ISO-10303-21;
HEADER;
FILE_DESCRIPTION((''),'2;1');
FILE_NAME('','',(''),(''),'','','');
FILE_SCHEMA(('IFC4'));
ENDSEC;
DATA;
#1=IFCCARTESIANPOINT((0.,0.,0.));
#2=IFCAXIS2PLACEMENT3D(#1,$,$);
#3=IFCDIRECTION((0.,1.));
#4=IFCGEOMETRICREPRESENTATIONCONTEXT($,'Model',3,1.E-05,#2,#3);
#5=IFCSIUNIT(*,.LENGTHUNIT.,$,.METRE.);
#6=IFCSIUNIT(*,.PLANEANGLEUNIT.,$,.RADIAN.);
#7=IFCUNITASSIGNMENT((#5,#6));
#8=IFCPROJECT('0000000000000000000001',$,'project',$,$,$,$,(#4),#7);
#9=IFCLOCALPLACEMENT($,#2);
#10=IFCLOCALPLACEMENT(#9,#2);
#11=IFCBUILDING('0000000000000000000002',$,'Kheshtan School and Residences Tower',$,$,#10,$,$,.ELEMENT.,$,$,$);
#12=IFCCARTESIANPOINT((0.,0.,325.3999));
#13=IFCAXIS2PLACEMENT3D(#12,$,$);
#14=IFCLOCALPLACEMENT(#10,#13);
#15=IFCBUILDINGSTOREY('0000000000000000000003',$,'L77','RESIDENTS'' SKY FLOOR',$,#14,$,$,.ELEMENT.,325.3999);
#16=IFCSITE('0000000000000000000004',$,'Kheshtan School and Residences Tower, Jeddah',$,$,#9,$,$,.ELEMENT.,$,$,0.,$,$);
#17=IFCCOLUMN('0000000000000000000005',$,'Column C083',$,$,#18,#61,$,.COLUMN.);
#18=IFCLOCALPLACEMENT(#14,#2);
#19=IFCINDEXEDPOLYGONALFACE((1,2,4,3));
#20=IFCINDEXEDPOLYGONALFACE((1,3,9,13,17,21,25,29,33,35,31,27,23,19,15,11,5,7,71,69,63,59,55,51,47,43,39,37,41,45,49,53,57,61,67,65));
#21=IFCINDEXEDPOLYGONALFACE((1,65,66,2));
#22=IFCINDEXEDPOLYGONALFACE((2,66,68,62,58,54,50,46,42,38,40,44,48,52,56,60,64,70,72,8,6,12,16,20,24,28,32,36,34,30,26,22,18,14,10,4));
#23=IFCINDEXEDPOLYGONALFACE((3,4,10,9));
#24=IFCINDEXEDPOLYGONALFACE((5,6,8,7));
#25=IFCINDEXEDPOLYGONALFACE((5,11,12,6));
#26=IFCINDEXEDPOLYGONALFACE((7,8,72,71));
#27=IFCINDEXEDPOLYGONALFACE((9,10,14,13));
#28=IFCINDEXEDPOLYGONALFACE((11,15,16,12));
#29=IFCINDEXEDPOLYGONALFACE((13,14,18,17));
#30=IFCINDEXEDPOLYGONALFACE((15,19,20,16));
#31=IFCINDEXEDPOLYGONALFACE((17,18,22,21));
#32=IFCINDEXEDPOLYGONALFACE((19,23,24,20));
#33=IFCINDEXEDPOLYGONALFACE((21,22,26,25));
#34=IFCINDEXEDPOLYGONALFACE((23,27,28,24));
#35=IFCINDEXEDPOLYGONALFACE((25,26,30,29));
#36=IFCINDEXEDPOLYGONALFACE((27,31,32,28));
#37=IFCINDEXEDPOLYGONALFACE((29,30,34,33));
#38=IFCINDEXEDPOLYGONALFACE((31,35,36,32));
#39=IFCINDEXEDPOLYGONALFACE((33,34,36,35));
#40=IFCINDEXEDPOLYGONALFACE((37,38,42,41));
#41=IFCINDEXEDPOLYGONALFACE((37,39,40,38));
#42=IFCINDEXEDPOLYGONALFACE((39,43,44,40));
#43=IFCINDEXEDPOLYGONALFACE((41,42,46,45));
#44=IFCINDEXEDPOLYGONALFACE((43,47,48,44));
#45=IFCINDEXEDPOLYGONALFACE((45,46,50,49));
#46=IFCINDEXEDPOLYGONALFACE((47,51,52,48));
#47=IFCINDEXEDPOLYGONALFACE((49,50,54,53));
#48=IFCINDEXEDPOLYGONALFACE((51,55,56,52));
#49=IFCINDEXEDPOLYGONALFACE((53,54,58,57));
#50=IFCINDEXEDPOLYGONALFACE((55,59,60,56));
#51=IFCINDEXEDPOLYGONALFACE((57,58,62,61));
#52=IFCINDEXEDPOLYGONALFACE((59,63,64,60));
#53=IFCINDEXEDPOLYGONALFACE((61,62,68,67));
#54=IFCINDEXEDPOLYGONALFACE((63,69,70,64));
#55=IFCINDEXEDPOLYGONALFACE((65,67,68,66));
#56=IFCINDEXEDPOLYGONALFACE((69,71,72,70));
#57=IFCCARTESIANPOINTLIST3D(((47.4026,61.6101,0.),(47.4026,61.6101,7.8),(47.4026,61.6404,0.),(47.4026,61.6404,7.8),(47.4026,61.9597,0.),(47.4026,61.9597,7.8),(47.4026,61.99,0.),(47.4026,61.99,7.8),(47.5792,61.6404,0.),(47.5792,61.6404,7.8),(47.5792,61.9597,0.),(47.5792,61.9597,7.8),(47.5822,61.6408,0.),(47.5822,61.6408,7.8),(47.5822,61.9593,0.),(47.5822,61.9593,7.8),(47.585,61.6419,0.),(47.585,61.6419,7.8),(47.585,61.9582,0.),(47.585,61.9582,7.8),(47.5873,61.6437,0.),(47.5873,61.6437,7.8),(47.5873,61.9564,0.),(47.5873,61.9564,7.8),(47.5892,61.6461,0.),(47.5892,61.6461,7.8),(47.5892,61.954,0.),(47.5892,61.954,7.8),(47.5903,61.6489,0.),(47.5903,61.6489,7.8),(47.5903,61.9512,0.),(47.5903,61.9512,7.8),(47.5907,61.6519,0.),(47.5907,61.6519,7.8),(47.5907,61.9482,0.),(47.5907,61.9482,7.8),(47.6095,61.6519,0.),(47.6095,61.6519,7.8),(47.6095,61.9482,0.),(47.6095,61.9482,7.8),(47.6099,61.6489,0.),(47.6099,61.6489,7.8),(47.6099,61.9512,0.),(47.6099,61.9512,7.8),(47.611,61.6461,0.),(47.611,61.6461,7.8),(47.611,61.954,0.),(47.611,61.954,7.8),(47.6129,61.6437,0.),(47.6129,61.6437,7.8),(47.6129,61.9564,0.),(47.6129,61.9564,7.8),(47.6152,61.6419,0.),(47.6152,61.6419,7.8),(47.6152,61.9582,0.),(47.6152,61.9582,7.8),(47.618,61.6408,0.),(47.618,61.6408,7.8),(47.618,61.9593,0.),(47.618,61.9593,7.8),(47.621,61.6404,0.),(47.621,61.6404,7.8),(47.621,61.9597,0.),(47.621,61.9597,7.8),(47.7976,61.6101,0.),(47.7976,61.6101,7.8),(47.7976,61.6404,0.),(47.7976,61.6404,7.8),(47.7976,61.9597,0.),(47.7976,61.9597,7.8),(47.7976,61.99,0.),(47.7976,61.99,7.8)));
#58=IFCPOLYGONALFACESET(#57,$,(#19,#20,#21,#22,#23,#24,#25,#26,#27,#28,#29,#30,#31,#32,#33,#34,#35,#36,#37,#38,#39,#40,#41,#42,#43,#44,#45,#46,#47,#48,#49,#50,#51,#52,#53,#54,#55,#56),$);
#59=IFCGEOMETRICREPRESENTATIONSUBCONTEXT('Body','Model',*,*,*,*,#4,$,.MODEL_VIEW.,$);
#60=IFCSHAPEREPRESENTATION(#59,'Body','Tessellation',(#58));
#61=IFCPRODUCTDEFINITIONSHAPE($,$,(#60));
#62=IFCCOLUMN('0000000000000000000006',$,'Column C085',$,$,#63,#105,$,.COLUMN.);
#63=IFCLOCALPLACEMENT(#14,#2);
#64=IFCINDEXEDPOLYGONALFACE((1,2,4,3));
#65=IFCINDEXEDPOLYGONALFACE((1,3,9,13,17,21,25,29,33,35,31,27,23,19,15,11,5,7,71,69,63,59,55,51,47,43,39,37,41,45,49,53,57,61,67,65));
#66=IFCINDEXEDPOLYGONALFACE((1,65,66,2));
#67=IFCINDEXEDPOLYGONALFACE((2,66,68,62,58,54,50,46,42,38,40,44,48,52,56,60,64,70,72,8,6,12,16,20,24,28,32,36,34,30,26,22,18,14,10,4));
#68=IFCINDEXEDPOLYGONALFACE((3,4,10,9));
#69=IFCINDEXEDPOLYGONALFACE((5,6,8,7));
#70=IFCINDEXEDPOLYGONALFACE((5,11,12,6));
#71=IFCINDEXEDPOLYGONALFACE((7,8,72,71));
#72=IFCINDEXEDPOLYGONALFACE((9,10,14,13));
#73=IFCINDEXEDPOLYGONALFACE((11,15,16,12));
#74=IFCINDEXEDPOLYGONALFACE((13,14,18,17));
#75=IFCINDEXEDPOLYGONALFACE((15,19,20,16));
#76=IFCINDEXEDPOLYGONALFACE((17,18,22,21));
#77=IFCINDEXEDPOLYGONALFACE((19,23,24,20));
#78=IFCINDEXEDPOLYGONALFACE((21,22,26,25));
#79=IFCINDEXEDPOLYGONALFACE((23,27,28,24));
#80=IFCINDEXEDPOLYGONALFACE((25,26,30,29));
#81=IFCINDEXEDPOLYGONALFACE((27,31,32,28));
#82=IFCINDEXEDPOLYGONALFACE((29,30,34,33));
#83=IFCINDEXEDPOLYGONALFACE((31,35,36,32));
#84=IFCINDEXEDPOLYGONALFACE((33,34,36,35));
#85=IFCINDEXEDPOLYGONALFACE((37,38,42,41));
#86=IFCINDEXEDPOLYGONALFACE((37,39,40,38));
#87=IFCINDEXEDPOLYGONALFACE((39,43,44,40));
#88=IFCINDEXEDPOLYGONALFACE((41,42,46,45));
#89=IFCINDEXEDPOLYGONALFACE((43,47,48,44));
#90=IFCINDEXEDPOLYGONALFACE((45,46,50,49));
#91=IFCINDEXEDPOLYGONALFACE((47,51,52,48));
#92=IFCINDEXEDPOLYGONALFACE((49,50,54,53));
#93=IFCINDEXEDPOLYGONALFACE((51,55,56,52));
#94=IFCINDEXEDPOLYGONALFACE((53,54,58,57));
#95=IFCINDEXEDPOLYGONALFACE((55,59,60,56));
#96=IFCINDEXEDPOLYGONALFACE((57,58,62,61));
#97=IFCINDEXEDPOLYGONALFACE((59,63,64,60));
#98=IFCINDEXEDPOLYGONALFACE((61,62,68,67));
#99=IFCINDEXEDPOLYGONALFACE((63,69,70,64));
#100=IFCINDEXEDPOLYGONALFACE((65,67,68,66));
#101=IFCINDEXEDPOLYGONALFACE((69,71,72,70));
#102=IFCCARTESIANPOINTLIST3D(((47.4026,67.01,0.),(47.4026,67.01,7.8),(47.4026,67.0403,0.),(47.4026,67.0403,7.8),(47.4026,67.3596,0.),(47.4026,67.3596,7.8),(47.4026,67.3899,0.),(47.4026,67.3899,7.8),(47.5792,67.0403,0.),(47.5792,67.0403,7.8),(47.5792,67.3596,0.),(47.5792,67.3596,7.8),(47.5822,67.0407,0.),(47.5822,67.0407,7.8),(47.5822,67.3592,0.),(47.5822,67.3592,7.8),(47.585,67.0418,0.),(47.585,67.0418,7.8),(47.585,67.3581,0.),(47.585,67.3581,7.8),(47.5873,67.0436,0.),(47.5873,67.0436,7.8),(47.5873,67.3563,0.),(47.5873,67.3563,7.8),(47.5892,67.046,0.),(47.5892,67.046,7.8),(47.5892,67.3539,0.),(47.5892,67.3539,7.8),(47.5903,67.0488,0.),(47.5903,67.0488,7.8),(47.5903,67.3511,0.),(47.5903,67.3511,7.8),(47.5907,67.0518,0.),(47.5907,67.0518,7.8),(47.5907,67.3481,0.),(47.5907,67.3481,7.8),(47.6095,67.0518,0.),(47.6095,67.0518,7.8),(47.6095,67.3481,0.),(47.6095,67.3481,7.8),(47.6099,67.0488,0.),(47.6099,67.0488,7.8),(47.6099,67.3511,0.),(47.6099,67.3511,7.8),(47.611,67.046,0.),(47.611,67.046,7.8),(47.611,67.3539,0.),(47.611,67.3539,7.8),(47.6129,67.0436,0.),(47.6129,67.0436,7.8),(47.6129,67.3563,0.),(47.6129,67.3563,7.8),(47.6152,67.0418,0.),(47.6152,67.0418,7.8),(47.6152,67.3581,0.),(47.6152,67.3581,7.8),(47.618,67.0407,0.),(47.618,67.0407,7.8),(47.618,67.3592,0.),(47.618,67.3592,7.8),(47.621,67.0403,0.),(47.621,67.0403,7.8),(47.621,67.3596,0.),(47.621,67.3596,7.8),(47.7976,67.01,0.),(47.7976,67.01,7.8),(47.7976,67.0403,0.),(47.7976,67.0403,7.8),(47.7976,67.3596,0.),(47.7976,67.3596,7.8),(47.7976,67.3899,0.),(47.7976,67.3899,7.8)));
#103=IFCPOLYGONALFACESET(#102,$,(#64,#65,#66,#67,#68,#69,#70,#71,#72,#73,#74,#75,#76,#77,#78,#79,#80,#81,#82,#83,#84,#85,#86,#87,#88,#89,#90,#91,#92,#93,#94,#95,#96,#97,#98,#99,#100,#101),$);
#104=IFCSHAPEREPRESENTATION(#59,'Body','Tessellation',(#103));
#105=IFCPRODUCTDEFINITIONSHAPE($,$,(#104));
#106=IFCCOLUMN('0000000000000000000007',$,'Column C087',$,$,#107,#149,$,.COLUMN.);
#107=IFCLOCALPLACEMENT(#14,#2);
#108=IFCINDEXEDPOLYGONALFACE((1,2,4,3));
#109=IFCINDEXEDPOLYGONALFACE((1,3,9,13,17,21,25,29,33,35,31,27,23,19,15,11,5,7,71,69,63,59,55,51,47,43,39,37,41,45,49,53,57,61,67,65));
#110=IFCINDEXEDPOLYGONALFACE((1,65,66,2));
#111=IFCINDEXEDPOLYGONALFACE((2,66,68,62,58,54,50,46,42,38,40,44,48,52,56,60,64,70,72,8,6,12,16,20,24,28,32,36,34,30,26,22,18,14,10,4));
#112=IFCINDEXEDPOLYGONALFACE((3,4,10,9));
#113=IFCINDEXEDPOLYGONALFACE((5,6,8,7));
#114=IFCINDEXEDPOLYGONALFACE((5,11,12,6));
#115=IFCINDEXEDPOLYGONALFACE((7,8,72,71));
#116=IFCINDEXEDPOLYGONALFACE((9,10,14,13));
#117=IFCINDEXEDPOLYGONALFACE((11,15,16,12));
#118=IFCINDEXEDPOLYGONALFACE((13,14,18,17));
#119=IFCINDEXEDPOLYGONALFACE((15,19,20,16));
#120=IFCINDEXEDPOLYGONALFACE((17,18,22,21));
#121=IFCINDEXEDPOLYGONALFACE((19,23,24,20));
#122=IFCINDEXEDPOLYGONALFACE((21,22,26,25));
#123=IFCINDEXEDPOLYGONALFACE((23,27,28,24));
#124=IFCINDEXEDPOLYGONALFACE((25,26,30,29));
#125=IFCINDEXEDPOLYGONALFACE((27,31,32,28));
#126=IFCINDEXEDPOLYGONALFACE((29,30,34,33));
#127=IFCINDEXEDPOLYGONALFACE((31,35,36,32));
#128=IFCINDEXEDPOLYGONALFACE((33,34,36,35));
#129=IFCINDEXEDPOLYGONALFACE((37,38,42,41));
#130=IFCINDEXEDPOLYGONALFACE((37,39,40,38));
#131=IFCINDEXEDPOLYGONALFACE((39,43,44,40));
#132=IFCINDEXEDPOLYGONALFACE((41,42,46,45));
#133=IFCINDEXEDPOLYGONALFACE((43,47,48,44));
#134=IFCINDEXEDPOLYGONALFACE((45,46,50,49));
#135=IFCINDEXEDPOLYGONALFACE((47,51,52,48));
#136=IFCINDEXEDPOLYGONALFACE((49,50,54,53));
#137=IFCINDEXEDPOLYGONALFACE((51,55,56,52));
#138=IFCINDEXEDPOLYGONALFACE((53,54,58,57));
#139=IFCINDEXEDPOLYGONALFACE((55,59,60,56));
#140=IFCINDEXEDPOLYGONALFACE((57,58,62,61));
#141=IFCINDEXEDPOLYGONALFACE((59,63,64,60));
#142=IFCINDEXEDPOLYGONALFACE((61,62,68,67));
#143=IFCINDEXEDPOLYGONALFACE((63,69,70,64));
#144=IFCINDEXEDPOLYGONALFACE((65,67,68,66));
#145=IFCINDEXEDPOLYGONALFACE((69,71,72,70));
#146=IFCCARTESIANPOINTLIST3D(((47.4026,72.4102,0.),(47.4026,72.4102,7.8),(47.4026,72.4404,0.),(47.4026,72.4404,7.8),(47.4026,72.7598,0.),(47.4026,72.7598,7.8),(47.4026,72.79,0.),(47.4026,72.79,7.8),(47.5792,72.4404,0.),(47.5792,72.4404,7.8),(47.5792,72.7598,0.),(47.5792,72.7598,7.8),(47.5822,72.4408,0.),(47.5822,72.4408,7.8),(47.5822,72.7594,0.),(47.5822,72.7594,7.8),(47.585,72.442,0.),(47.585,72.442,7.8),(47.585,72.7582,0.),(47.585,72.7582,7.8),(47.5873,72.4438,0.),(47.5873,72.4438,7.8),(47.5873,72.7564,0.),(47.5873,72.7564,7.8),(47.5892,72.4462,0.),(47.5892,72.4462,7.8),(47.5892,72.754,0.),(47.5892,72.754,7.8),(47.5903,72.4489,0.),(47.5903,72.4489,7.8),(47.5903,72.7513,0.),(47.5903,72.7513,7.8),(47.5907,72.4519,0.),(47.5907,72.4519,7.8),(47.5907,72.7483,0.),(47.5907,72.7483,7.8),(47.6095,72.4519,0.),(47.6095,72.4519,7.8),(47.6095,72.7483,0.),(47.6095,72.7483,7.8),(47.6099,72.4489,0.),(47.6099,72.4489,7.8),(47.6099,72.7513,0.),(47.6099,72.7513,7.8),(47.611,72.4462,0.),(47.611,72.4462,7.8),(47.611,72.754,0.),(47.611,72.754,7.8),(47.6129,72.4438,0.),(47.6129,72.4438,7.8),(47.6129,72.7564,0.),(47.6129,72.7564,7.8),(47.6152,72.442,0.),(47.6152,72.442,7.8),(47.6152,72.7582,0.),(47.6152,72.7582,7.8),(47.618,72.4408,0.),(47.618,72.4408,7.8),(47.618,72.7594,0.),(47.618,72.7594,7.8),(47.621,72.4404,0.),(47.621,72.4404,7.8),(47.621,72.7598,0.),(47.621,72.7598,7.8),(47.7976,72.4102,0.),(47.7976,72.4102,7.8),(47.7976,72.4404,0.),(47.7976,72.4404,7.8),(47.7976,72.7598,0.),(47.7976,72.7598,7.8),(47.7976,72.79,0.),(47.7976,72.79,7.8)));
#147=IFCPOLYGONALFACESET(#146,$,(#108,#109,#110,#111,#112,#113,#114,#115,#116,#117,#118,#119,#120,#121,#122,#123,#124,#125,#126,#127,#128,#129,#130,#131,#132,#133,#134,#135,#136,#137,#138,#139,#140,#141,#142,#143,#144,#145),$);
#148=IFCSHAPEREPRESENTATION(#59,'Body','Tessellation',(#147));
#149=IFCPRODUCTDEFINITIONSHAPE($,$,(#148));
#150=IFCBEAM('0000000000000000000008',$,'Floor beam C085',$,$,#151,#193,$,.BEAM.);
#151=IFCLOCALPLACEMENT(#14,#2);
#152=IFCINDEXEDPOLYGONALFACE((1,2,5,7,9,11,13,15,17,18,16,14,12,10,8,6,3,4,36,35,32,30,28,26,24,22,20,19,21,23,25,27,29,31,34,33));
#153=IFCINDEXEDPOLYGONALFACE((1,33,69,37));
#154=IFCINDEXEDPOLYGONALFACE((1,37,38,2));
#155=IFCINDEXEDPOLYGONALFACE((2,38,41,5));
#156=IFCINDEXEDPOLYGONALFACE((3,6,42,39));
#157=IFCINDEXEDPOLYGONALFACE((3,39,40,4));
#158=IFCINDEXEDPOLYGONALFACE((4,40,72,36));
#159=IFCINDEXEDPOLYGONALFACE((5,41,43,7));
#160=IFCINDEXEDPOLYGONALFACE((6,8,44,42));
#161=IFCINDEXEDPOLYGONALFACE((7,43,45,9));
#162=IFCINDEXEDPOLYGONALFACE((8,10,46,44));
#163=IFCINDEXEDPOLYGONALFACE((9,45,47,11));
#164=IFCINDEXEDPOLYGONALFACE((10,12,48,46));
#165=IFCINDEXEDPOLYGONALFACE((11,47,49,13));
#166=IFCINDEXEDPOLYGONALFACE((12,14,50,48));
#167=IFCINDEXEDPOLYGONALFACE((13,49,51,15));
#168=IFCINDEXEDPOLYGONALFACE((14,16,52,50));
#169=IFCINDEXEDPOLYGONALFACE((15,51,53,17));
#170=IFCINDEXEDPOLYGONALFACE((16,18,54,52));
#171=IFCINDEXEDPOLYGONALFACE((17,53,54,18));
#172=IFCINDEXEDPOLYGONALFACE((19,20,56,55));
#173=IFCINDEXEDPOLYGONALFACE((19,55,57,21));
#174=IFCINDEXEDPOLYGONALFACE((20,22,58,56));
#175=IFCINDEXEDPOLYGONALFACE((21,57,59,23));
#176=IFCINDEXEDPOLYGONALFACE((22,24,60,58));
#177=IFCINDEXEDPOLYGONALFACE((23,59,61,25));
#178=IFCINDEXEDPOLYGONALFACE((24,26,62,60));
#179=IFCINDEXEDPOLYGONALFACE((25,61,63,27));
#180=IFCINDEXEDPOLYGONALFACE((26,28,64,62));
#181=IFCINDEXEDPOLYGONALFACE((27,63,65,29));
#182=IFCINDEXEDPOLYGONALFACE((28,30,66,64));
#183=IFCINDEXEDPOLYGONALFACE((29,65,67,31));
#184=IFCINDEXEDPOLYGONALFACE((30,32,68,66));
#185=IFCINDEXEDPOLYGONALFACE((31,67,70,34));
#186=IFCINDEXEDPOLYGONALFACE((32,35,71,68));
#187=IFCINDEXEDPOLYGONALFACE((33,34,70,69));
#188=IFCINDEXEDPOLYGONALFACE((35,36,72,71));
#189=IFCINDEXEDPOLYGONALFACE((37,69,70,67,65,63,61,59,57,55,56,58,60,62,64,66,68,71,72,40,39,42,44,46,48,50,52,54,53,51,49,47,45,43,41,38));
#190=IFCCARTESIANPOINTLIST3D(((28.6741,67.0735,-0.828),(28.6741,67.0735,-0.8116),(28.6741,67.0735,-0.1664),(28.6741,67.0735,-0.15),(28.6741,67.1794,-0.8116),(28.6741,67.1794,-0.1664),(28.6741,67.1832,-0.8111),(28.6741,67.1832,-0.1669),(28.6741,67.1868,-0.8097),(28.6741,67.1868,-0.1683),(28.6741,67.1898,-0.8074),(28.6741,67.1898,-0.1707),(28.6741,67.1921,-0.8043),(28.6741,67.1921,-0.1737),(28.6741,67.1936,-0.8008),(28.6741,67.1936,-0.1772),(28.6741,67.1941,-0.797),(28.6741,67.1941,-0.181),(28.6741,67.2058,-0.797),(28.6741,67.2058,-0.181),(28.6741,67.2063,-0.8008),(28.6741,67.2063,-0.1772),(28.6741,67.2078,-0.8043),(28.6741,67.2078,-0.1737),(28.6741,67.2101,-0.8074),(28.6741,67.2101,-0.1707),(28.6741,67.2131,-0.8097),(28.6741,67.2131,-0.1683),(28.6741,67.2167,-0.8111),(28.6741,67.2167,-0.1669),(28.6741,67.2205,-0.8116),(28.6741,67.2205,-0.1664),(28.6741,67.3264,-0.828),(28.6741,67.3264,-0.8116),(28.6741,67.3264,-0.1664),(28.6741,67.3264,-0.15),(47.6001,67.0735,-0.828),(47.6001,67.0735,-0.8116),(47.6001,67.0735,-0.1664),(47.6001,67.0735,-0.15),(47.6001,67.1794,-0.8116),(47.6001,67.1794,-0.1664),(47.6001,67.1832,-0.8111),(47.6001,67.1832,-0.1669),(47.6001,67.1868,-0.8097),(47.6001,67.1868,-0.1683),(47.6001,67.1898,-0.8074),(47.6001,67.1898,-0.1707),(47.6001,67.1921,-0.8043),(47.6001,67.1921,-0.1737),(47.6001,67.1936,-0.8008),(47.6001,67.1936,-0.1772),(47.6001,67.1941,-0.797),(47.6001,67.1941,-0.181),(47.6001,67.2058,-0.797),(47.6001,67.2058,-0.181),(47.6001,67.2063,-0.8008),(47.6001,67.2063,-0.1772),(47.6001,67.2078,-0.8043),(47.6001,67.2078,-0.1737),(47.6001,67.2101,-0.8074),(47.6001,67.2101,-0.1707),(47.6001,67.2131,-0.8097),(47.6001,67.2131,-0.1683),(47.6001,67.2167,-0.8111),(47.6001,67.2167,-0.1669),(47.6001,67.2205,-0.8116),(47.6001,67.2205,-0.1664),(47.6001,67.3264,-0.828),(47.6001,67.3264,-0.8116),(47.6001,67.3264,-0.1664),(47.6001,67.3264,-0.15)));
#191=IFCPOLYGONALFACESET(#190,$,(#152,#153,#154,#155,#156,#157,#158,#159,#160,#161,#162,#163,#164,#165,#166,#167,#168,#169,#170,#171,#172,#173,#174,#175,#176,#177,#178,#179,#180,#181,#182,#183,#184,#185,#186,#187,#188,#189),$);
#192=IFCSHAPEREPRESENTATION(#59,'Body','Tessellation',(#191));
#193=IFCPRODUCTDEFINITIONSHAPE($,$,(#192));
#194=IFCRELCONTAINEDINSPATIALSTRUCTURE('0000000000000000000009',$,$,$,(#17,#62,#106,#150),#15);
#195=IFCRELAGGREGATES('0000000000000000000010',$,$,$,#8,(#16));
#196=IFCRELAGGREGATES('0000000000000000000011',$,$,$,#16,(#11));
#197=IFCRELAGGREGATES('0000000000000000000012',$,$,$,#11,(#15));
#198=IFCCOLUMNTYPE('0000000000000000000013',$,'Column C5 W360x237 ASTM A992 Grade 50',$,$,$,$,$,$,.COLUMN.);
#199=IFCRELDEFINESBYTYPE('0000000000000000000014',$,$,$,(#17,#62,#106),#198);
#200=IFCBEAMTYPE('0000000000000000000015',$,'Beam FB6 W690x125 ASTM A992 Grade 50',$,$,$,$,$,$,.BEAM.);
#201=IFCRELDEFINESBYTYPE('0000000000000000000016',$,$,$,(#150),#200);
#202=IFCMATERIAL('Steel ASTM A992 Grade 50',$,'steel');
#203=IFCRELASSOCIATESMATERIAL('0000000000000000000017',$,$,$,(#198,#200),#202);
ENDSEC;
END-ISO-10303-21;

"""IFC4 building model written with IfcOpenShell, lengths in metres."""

from ifc_helpers import new_model, si_unit, direction, frame, origin, origin_2d, place, context, subcontext, project, spatial, i_section, extrude, material, material_profile, profile_set, type_object, element, save


model = new_model("IFC4")

# Units and contexts
model_context = context("Model", 3, precision=1e-05, world=origin(), true_north=direction((0.0, 1.0)))
body_context = subcontext(model_context, "Body", "Model", "MODEL_VIEW")
ifc_project = project(units=[si_unit("LENGTHUNIT", "METRE"), si_unit("PLANEANGLEUNIT", "RADIAN")], contexts=[model_context])

# Site, building, storey
site_placement = place(None, origin())
site = spatial("IfcSite", under=ifc_project, at=site_placement, Name="Kheshtan School and Residences Tower, Jeddah", CompositionType="ELEMENT", RefElevation=0.0)
building_placement = place(site_placement, origin())
building = spatial("IfcBuilding", under=site, at=building_placement, Name="Kheshtan School and Residences Tower", CompositionType="ELEMENT")
storey_placement = place(building_placement, frame((0.0, 0.0, 325.3999)))
storey = spatial("IfcBuildingStorey", under=building, at=storey_placement, Name="L77", Description="RESIDENTS' SKY FLOOR", CompositionType="ELEMENT", Elevation=325.3999)

# Columns
ifc_material_1 = material(Name="Steel ASTM A992 Grade 50", Category="steel")
ifc_material_profile_1 = material_profile(ifc_material_1, i_section(OverallWidth=0.395, OverallDepth=0.3799, WebThickness=0.0188, FlangeThickness=0.0303, FilletRadius=0.0115, at=origin_2d()), Name="W360x237")
ifc_profile_set_1 = profile_set([ifc_material_profile_1], Name="Steel ASTM A992 Grade 50")
column_type = type_object("IfcColumnType", Name="Column C5 W360x237 ASTM A992 Grade 50", PredefinedType="COLUMN", material=ifc_profile_set_1)
for number, where, z_axis, x_axis, name in (
    (1, (47.6001, 61.8, 0.0), (0.0, 0.0, 1.0), (1.0, 0.0, 0.0), "Column C083"),
    (2, (47.6001, 67.2, 0.0), (0.0, 0.0, 1.0), (1.0, 0.0, 0.0), "Column C085"),
    (3, (47.6001, 72.6001, 0.0), (0.0, 0.0, 1.0), (1.0, 0.0, 0.0), "Column C087"),
):
    element("IfcColumn", number, at=place(storey_placement, frame(where, z_axis=z_axis, x_axis=x_axis)), inside=storey, type_object=column_type, Name=name, PredefinedType="COLUMN", context=body_context, shape_type="SweptSolid", body=[
        extrude(i_section(OverallWidth=0.395, OverallDepth=0.3799, WebThickness=0.0188, FlangeThickness=0.0303, FilletRadius=0.0115, at=origin_2d()), origin(), (0.0, 0.0, 1.0), 7.8),
    ])

# Beam
ifc_material_profile_2 = material_profile(ifc_material_1, i_section(OverallWidth=0.2529, OverallDepth=0.678, WebThickness=0.0117, FlangeThickness=0.0164, FilletRadius=0.0146, at=origin_2d()), Name="W690x125")
ifc_profile_set_2 = profile_set([ifc_material_profile_2], Name="Steel ASTM A992 Grade 50")
beam_type_1 = type_object("IfcBeamType", Name="Beam FB6 W690x125 ASTM A992 Grade 50", PredefinedType="BEAM", material=ifc_profile_set_2)
beam_1_placement = place(storey_placement, frame((47.6001, 67.2, -0.489), z_axis=(-1.0, 0.0, 0.0), x_axis=(0.0, -1.0, 0.0)))
element("IfcBeam", 4, at=beam_1_placement, inside=storey, type_object=beam_type_1, Name="Floor beam C085", PredefinedType="BEAM", context=body_context, shape_type="SweptSolid", body=[
    extrude(i_section(OverallWidth=0.2529, OverallDepth=0.678, WebThickness=0.0117, FlangeThickness=0.0164, FilletRadius=0.0146, at=origin_2d()), origin(), (0.0, 0.0, 1.0), 18.926),
])

save(model, "model.ifc")
